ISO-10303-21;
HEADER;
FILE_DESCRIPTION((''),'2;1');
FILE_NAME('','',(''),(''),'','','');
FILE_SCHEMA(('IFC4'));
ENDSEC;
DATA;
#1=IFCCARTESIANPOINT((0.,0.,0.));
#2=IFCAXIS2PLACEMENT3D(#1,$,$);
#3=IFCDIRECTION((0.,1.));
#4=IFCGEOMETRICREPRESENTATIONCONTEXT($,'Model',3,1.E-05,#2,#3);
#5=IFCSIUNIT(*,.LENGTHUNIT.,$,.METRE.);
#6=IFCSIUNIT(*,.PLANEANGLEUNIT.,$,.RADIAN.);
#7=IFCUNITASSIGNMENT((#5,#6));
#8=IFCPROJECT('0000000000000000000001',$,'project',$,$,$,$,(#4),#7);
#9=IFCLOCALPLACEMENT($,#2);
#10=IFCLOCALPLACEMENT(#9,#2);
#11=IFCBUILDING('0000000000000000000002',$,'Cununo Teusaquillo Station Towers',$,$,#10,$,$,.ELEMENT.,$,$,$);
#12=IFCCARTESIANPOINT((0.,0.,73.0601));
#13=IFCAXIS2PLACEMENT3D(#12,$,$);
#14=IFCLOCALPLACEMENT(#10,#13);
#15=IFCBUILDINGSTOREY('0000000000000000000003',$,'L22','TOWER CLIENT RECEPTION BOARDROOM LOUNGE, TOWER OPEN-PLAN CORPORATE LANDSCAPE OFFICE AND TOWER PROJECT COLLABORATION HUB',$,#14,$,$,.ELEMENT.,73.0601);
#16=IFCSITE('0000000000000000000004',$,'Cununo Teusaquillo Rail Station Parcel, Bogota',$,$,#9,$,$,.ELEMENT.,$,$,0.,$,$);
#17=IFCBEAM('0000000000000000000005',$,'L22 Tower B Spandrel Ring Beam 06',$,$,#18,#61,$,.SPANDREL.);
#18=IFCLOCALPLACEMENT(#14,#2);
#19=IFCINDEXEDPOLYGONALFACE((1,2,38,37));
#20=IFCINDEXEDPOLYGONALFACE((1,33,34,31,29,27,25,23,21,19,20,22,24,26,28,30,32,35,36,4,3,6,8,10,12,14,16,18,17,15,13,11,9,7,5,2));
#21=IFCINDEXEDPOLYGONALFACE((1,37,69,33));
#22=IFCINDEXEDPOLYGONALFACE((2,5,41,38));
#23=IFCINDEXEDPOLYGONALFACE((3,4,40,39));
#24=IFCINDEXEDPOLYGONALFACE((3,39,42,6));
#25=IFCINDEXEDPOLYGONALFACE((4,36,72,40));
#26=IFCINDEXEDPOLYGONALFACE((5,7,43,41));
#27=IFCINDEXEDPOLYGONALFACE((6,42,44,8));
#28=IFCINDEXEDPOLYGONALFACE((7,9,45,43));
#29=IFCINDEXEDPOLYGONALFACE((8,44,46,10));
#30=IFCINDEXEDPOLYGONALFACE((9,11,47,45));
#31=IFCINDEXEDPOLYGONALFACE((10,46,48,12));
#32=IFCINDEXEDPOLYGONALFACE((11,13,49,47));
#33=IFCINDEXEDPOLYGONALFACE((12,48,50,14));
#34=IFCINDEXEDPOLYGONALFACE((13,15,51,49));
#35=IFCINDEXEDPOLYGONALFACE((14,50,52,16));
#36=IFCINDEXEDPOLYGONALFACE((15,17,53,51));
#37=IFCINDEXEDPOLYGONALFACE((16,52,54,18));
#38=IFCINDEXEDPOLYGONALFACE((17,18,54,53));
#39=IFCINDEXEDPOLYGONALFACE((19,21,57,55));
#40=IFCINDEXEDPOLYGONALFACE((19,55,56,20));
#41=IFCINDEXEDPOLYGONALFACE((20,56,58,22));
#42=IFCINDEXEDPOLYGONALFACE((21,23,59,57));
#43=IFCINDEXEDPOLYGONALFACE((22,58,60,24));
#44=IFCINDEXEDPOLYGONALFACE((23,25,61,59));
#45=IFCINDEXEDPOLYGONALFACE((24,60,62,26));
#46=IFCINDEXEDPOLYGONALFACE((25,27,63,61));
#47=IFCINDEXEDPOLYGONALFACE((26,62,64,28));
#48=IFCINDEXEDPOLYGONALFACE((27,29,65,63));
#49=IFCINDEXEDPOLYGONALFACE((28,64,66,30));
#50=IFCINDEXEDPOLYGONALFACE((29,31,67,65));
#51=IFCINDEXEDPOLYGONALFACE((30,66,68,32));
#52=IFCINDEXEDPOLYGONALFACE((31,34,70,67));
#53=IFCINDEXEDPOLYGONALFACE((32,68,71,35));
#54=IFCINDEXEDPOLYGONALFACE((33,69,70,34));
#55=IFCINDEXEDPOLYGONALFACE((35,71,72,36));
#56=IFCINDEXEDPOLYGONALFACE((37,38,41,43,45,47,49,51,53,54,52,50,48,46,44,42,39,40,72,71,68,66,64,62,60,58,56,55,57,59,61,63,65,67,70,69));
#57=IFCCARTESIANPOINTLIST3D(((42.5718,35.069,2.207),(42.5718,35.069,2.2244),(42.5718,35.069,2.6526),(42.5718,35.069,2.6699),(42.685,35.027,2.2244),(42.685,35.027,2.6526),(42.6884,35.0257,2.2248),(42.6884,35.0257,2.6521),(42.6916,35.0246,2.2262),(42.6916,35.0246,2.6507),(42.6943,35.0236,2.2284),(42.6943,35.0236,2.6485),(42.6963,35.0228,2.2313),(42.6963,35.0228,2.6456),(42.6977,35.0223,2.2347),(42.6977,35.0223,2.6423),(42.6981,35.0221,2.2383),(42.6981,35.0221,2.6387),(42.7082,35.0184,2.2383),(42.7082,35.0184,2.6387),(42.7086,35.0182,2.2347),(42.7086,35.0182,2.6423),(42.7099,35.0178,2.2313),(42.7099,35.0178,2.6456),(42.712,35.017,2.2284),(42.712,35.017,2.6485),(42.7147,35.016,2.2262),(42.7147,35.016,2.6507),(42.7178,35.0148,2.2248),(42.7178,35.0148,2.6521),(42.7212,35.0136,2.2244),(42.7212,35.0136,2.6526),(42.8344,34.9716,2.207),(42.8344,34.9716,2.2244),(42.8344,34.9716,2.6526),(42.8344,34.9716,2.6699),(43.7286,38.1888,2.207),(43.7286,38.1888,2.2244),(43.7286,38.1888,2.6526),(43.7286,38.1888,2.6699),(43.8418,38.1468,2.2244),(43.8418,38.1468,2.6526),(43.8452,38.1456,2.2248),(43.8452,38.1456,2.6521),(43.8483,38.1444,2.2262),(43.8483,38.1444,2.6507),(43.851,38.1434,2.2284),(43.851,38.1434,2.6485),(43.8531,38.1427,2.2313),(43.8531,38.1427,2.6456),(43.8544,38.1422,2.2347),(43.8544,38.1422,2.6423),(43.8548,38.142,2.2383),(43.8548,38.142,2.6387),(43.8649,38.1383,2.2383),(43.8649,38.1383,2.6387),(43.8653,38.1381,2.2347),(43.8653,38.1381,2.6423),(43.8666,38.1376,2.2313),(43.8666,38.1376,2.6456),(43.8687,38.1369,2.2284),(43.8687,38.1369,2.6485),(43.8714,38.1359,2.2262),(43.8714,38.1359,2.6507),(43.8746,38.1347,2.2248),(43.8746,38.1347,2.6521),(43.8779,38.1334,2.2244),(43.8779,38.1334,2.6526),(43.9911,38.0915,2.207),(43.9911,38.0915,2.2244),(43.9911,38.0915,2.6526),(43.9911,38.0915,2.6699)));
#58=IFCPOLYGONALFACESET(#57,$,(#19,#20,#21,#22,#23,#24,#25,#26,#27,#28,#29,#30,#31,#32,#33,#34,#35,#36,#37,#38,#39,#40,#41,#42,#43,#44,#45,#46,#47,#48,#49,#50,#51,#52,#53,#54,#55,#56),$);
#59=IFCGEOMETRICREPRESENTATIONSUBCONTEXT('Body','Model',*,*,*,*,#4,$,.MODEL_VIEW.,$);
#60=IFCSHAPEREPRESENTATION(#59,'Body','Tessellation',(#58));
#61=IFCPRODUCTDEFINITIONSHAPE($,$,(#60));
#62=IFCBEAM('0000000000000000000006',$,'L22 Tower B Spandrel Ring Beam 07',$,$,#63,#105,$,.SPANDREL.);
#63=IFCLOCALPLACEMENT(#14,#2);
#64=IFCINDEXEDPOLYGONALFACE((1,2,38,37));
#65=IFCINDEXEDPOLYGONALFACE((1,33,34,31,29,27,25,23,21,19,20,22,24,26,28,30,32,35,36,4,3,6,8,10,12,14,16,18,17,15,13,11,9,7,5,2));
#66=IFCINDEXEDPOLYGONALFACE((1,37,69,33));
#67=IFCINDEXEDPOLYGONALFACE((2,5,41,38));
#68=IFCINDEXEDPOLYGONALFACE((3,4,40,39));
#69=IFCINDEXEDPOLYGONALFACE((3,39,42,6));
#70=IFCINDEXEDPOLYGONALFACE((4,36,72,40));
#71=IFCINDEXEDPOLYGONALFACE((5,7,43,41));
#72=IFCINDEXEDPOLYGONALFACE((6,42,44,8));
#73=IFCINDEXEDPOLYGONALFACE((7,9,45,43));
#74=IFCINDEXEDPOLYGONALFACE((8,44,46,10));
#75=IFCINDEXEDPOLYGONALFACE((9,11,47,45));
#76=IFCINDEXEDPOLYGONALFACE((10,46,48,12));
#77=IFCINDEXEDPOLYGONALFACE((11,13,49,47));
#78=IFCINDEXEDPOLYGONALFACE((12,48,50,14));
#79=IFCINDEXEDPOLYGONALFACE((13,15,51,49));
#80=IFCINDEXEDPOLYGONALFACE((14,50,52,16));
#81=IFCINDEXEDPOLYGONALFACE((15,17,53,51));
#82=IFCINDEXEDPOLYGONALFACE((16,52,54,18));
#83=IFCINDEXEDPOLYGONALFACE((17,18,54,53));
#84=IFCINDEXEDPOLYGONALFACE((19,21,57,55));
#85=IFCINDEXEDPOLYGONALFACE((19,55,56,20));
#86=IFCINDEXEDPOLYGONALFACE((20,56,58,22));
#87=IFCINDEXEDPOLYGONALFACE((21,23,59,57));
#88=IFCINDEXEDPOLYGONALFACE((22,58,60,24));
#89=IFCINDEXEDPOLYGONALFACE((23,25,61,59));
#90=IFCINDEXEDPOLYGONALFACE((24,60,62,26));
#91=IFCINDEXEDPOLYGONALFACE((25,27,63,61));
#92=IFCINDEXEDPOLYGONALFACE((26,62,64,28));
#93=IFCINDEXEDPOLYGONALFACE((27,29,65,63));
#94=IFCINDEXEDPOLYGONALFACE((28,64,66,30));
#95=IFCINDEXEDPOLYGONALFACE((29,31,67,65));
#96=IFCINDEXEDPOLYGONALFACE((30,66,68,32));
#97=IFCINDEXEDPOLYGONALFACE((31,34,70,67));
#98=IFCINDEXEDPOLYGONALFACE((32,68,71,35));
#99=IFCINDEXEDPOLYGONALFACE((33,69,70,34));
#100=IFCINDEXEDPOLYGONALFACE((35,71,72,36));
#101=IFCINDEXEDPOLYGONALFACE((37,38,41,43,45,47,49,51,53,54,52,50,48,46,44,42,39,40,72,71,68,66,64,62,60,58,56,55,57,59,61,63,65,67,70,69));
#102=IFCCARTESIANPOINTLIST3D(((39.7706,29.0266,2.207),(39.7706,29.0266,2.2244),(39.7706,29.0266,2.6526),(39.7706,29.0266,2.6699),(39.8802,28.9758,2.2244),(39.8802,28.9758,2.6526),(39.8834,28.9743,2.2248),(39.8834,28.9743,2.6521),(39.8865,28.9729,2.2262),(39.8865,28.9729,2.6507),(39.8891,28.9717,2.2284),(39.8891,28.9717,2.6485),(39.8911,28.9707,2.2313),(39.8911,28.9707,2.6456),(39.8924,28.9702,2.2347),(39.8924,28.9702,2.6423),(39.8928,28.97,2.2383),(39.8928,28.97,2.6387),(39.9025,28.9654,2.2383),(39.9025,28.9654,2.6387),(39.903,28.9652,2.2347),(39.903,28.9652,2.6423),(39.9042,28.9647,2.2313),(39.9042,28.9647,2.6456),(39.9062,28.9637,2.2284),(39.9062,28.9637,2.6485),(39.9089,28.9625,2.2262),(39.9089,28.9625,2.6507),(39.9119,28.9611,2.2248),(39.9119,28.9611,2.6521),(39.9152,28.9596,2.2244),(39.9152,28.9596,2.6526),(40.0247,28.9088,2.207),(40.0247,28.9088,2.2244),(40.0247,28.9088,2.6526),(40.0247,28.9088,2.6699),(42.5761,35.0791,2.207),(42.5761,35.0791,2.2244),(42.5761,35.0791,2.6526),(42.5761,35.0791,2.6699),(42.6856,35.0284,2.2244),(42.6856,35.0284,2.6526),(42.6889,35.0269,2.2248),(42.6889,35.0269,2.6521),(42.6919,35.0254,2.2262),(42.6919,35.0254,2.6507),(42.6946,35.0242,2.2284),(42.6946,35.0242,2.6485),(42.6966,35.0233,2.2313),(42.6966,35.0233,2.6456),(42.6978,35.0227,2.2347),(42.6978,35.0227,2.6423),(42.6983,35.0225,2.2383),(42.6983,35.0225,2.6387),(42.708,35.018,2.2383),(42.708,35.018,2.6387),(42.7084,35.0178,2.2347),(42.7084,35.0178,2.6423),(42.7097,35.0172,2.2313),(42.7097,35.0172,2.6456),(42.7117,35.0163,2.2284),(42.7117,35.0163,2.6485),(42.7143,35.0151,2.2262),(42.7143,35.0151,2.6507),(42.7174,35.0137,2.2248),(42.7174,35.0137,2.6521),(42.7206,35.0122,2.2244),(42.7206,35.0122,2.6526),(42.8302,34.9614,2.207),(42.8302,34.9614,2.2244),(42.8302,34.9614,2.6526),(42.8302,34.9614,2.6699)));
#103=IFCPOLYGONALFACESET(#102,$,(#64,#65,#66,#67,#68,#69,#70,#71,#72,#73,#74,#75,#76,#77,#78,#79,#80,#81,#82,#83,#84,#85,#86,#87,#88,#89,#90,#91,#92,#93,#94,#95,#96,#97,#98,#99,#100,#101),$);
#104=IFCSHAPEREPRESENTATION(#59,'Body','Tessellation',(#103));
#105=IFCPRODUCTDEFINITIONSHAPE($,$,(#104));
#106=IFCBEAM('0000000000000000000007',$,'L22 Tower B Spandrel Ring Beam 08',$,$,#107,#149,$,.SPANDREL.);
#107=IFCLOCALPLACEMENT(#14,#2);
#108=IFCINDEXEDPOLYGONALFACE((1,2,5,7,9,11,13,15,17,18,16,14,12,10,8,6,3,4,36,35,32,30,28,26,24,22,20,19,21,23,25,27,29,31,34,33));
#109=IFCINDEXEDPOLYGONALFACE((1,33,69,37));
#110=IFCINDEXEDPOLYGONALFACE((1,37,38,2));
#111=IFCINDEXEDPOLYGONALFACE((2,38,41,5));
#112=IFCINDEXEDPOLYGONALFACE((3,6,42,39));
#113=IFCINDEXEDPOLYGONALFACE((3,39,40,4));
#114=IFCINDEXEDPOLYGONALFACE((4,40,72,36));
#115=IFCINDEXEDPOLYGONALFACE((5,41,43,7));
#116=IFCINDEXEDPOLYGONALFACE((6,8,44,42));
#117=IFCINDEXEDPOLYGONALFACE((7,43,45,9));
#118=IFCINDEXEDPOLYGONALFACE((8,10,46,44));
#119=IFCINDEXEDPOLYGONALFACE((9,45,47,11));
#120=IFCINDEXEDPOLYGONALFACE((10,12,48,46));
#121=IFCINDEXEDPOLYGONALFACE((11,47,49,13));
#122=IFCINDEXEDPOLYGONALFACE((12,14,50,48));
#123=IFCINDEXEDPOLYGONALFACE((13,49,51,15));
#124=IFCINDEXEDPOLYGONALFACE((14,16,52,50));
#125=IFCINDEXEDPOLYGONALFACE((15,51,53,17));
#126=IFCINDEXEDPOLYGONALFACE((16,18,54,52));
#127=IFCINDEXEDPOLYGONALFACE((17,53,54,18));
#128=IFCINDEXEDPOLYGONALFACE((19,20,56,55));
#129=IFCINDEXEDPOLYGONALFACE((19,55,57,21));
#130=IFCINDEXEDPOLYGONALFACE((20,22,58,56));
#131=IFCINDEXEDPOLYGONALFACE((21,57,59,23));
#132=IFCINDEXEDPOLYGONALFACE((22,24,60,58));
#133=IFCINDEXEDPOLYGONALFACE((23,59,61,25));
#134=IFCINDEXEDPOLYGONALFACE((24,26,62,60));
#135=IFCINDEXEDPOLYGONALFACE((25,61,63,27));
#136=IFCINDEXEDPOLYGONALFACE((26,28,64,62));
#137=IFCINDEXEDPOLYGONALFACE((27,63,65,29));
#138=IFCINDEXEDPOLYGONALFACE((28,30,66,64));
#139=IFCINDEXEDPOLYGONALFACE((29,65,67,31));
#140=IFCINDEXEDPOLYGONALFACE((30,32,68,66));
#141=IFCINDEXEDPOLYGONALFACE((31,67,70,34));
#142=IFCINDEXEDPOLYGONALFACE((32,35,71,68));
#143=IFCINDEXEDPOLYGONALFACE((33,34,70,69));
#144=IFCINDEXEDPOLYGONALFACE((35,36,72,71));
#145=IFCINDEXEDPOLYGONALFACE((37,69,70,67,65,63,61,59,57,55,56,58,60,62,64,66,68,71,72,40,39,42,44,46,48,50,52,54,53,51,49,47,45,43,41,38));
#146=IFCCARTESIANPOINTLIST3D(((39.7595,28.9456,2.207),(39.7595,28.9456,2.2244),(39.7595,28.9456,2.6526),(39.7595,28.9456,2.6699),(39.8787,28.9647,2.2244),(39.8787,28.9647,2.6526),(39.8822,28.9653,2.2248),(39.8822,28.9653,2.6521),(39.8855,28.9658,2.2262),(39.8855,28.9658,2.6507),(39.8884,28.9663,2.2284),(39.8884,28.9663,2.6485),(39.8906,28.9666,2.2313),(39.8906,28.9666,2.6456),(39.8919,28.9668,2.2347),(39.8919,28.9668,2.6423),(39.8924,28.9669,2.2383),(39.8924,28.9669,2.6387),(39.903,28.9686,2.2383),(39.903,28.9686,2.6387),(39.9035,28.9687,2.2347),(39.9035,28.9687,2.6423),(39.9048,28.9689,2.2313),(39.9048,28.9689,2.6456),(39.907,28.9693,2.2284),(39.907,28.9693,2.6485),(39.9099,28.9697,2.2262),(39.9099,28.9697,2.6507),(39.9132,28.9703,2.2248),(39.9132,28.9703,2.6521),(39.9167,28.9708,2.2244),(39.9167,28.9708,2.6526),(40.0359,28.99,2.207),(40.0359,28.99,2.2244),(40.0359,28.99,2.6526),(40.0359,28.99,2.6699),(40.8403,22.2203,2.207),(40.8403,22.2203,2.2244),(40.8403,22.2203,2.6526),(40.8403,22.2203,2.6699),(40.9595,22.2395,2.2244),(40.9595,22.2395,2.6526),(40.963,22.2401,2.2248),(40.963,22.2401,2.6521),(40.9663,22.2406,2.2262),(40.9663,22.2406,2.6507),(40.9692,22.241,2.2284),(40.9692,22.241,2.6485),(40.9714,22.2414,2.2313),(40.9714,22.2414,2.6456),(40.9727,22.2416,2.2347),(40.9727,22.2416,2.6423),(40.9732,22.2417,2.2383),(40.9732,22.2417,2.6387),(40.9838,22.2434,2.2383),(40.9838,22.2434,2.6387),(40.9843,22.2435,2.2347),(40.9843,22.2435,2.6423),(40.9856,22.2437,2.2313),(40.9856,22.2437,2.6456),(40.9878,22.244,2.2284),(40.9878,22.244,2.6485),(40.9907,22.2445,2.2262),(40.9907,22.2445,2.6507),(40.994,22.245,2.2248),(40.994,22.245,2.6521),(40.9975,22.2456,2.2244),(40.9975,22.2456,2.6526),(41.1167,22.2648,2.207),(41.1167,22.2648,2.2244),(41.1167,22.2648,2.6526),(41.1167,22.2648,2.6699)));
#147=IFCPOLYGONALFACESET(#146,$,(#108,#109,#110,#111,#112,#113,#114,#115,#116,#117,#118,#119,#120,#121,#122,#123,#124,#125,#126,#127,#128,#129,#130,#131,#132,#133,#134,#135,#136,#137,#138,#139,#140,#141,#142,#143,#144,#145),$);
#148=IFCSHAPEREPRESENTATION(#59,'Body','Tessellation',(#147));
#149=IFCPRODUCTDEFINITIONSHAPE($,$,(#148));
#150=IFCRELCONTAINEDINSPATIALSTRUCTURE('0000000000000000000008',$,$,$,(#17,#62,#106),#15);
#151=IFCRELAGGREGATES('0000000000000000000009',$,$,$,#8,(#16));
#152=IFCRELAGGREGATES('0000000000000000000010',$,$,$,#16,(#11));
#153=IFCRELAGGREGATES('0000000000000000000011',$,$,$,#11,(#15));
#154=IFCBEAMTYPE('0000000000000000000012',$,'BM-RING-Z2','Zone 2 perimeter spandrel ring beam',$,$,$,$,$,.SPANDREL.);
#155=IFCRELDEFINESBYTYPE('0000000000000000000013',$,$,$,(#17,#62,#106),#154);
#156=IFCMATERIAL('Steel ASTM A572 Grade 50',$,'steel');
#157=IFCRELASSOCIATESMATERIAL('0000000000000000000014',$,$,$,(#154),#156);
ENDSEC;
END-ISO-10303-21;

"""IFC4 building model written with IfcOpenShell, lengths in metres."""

from ifc_helpers import new_model, si_unit, direction, frame, origin, origin_2d, place, context, subcontext, project, spatial, i_section, extrude, material, material_profile, profile_set, type_object, element, save


model = new_model("IFC4")

# Units and contexts
model_context = context("Model", 3, precision=1e-05, world=origin(), true_north=direction((0.0, 1.0)))
body_context = subcontext(model_context, "Body", "Model", "MODEL_VIEW")
ifc_project = project(units=[si_unit("LENGTHUNIT", "METRE"), si_unit("PLANEANGLEUNIT", "RADIAN")], contexts=[model_context])

# Site, building, storey
site_placement = place(None, origin())
site = spatial("IfcSite", under=ifc_project, at=site_placement, Name="Cununo Teusaquillo Rail Station Parcel, Bogota", CompositionType="ELEMENT", RefElevation=0.0)
building_placement = place(site_placement, origin())
building = spatial("IfcBuilding", under=site, at=building_placement, Name="Cununo Teusaquillo Station Towers", CompositionType="ELEMENT")
storey_placement = place(building_placement, frame((0.0, 0.0, 73.0601)))
storey = spatial("IfcBuildingStorey", under=building, at=storey_placement, Name="L22", Description="TOWER CLIENT RECEPTION BOARDROOM LOUNGE, TOWER OPEN-PLAN CORPORATE LANDSCAPE OFFICE AND TOWER PROJECT COLLABORATION HUB", CompositionType="ELEMENT", Elevation=73.0601)

# Beams
ifc_material_1 = material(Name="Steel ASTM A572 Grade 50", Category="steel")
ifc_material_profile_1 = material_profile(ifc_material_1, i_section(OverallWidth=0.28, OverallDepth=0.4629, WebThickness=0.0107, FlangeThickness=0.0173, FilletRadius=0.0139, at=origin_2d()), Name="W18X76")
ifc_profile_set_1 = profile_set([ifc_material_profile_1], Name="Steel ASTM A572 Grade 50")
beam_type_1 = type_object("IfcBeamType", Name="BM-RING-Z2", Description="Zone 2 perimeter spandrel ring beam", PredefinedType="SPANDREL", material=ifc_profile_set_1)
for number, where, z_axis, x_axis, name in (
    (1, (43.8599, 38.1401, 2.4385), (-0.347639, -0.937628, 0.0), (0.937628, -0.347639, 0.0), "L22 Tower B Spandrel Ring Beam 06"),
):
    element("IfcBeam", number, at=place(storey_placement, frame(where, z_axis=z_axis, x_axis=x_axis)), inside=storey, type_object=beam_type_1, Name=name, PredefinedType="SPANDREL", context=body_context, shape_type="SweptSolid", body=[
        extrude(i_section(OverallWidth=0.28, OverallDepth=0.4629, WebThickness=0.0107, FlangeThickness=0.0173, FilletRadius=0.0139, at=origin_2d()), origin(), (0.0, 0.0, 1.0), 3.3274),
    ])
beam_1_placement = place(storey_placement, frame((42.7031, 35.0203, 2.4385), z_axis=(-0.420536, -0.907276, 0.0), x_axis=(0.907276, -0.420536, 0.0)))
element("IfcBeam", 2, at=beam_1_placement, inside=storey, type_object=beam_type_1, Name="L22 Tower B Spandrel Ring Beam 07", PredefinedType="SPANDREL", context=body_context, shape_type="SweptSolid", body=[
    extrude(i_section(OverallWidth=0.28, OverallDepth=0.4629, WebThickness=0.0107, FlangeThickness=0.0173, FilletRadius=0.0139, at=origin_2d()), origin(), (0.0, 0.0, 1.0), 6.6711),
])
beam_2_placement = place(storey_placement, frame((39.8977, 28.9678, 2.4385), z_axis=(0.158671, -0.987331, 0.0), x_axis=(0.987331, 0.158671, 0.0)))
element("IfcBeam", 3, at=beam_2_placement, inside=storey, type_object=beam_type_1, Name="L22 Tower B Spandrel Ring Beam 08", PredefinedType="SPANDREL", context=body_context, shape_type="SweptSolid", body=[
    extrude(i_section(OverallWidth=0.28, OverallDepth=0.4629, WebThickness=0.0107, FlangeThickness=0.0173, FilletRadius=0.0139, at=origin_2d()), origin(), (0.0, 0.0, 1.0), 6.8115),
])

save(model, "model.ifc")
